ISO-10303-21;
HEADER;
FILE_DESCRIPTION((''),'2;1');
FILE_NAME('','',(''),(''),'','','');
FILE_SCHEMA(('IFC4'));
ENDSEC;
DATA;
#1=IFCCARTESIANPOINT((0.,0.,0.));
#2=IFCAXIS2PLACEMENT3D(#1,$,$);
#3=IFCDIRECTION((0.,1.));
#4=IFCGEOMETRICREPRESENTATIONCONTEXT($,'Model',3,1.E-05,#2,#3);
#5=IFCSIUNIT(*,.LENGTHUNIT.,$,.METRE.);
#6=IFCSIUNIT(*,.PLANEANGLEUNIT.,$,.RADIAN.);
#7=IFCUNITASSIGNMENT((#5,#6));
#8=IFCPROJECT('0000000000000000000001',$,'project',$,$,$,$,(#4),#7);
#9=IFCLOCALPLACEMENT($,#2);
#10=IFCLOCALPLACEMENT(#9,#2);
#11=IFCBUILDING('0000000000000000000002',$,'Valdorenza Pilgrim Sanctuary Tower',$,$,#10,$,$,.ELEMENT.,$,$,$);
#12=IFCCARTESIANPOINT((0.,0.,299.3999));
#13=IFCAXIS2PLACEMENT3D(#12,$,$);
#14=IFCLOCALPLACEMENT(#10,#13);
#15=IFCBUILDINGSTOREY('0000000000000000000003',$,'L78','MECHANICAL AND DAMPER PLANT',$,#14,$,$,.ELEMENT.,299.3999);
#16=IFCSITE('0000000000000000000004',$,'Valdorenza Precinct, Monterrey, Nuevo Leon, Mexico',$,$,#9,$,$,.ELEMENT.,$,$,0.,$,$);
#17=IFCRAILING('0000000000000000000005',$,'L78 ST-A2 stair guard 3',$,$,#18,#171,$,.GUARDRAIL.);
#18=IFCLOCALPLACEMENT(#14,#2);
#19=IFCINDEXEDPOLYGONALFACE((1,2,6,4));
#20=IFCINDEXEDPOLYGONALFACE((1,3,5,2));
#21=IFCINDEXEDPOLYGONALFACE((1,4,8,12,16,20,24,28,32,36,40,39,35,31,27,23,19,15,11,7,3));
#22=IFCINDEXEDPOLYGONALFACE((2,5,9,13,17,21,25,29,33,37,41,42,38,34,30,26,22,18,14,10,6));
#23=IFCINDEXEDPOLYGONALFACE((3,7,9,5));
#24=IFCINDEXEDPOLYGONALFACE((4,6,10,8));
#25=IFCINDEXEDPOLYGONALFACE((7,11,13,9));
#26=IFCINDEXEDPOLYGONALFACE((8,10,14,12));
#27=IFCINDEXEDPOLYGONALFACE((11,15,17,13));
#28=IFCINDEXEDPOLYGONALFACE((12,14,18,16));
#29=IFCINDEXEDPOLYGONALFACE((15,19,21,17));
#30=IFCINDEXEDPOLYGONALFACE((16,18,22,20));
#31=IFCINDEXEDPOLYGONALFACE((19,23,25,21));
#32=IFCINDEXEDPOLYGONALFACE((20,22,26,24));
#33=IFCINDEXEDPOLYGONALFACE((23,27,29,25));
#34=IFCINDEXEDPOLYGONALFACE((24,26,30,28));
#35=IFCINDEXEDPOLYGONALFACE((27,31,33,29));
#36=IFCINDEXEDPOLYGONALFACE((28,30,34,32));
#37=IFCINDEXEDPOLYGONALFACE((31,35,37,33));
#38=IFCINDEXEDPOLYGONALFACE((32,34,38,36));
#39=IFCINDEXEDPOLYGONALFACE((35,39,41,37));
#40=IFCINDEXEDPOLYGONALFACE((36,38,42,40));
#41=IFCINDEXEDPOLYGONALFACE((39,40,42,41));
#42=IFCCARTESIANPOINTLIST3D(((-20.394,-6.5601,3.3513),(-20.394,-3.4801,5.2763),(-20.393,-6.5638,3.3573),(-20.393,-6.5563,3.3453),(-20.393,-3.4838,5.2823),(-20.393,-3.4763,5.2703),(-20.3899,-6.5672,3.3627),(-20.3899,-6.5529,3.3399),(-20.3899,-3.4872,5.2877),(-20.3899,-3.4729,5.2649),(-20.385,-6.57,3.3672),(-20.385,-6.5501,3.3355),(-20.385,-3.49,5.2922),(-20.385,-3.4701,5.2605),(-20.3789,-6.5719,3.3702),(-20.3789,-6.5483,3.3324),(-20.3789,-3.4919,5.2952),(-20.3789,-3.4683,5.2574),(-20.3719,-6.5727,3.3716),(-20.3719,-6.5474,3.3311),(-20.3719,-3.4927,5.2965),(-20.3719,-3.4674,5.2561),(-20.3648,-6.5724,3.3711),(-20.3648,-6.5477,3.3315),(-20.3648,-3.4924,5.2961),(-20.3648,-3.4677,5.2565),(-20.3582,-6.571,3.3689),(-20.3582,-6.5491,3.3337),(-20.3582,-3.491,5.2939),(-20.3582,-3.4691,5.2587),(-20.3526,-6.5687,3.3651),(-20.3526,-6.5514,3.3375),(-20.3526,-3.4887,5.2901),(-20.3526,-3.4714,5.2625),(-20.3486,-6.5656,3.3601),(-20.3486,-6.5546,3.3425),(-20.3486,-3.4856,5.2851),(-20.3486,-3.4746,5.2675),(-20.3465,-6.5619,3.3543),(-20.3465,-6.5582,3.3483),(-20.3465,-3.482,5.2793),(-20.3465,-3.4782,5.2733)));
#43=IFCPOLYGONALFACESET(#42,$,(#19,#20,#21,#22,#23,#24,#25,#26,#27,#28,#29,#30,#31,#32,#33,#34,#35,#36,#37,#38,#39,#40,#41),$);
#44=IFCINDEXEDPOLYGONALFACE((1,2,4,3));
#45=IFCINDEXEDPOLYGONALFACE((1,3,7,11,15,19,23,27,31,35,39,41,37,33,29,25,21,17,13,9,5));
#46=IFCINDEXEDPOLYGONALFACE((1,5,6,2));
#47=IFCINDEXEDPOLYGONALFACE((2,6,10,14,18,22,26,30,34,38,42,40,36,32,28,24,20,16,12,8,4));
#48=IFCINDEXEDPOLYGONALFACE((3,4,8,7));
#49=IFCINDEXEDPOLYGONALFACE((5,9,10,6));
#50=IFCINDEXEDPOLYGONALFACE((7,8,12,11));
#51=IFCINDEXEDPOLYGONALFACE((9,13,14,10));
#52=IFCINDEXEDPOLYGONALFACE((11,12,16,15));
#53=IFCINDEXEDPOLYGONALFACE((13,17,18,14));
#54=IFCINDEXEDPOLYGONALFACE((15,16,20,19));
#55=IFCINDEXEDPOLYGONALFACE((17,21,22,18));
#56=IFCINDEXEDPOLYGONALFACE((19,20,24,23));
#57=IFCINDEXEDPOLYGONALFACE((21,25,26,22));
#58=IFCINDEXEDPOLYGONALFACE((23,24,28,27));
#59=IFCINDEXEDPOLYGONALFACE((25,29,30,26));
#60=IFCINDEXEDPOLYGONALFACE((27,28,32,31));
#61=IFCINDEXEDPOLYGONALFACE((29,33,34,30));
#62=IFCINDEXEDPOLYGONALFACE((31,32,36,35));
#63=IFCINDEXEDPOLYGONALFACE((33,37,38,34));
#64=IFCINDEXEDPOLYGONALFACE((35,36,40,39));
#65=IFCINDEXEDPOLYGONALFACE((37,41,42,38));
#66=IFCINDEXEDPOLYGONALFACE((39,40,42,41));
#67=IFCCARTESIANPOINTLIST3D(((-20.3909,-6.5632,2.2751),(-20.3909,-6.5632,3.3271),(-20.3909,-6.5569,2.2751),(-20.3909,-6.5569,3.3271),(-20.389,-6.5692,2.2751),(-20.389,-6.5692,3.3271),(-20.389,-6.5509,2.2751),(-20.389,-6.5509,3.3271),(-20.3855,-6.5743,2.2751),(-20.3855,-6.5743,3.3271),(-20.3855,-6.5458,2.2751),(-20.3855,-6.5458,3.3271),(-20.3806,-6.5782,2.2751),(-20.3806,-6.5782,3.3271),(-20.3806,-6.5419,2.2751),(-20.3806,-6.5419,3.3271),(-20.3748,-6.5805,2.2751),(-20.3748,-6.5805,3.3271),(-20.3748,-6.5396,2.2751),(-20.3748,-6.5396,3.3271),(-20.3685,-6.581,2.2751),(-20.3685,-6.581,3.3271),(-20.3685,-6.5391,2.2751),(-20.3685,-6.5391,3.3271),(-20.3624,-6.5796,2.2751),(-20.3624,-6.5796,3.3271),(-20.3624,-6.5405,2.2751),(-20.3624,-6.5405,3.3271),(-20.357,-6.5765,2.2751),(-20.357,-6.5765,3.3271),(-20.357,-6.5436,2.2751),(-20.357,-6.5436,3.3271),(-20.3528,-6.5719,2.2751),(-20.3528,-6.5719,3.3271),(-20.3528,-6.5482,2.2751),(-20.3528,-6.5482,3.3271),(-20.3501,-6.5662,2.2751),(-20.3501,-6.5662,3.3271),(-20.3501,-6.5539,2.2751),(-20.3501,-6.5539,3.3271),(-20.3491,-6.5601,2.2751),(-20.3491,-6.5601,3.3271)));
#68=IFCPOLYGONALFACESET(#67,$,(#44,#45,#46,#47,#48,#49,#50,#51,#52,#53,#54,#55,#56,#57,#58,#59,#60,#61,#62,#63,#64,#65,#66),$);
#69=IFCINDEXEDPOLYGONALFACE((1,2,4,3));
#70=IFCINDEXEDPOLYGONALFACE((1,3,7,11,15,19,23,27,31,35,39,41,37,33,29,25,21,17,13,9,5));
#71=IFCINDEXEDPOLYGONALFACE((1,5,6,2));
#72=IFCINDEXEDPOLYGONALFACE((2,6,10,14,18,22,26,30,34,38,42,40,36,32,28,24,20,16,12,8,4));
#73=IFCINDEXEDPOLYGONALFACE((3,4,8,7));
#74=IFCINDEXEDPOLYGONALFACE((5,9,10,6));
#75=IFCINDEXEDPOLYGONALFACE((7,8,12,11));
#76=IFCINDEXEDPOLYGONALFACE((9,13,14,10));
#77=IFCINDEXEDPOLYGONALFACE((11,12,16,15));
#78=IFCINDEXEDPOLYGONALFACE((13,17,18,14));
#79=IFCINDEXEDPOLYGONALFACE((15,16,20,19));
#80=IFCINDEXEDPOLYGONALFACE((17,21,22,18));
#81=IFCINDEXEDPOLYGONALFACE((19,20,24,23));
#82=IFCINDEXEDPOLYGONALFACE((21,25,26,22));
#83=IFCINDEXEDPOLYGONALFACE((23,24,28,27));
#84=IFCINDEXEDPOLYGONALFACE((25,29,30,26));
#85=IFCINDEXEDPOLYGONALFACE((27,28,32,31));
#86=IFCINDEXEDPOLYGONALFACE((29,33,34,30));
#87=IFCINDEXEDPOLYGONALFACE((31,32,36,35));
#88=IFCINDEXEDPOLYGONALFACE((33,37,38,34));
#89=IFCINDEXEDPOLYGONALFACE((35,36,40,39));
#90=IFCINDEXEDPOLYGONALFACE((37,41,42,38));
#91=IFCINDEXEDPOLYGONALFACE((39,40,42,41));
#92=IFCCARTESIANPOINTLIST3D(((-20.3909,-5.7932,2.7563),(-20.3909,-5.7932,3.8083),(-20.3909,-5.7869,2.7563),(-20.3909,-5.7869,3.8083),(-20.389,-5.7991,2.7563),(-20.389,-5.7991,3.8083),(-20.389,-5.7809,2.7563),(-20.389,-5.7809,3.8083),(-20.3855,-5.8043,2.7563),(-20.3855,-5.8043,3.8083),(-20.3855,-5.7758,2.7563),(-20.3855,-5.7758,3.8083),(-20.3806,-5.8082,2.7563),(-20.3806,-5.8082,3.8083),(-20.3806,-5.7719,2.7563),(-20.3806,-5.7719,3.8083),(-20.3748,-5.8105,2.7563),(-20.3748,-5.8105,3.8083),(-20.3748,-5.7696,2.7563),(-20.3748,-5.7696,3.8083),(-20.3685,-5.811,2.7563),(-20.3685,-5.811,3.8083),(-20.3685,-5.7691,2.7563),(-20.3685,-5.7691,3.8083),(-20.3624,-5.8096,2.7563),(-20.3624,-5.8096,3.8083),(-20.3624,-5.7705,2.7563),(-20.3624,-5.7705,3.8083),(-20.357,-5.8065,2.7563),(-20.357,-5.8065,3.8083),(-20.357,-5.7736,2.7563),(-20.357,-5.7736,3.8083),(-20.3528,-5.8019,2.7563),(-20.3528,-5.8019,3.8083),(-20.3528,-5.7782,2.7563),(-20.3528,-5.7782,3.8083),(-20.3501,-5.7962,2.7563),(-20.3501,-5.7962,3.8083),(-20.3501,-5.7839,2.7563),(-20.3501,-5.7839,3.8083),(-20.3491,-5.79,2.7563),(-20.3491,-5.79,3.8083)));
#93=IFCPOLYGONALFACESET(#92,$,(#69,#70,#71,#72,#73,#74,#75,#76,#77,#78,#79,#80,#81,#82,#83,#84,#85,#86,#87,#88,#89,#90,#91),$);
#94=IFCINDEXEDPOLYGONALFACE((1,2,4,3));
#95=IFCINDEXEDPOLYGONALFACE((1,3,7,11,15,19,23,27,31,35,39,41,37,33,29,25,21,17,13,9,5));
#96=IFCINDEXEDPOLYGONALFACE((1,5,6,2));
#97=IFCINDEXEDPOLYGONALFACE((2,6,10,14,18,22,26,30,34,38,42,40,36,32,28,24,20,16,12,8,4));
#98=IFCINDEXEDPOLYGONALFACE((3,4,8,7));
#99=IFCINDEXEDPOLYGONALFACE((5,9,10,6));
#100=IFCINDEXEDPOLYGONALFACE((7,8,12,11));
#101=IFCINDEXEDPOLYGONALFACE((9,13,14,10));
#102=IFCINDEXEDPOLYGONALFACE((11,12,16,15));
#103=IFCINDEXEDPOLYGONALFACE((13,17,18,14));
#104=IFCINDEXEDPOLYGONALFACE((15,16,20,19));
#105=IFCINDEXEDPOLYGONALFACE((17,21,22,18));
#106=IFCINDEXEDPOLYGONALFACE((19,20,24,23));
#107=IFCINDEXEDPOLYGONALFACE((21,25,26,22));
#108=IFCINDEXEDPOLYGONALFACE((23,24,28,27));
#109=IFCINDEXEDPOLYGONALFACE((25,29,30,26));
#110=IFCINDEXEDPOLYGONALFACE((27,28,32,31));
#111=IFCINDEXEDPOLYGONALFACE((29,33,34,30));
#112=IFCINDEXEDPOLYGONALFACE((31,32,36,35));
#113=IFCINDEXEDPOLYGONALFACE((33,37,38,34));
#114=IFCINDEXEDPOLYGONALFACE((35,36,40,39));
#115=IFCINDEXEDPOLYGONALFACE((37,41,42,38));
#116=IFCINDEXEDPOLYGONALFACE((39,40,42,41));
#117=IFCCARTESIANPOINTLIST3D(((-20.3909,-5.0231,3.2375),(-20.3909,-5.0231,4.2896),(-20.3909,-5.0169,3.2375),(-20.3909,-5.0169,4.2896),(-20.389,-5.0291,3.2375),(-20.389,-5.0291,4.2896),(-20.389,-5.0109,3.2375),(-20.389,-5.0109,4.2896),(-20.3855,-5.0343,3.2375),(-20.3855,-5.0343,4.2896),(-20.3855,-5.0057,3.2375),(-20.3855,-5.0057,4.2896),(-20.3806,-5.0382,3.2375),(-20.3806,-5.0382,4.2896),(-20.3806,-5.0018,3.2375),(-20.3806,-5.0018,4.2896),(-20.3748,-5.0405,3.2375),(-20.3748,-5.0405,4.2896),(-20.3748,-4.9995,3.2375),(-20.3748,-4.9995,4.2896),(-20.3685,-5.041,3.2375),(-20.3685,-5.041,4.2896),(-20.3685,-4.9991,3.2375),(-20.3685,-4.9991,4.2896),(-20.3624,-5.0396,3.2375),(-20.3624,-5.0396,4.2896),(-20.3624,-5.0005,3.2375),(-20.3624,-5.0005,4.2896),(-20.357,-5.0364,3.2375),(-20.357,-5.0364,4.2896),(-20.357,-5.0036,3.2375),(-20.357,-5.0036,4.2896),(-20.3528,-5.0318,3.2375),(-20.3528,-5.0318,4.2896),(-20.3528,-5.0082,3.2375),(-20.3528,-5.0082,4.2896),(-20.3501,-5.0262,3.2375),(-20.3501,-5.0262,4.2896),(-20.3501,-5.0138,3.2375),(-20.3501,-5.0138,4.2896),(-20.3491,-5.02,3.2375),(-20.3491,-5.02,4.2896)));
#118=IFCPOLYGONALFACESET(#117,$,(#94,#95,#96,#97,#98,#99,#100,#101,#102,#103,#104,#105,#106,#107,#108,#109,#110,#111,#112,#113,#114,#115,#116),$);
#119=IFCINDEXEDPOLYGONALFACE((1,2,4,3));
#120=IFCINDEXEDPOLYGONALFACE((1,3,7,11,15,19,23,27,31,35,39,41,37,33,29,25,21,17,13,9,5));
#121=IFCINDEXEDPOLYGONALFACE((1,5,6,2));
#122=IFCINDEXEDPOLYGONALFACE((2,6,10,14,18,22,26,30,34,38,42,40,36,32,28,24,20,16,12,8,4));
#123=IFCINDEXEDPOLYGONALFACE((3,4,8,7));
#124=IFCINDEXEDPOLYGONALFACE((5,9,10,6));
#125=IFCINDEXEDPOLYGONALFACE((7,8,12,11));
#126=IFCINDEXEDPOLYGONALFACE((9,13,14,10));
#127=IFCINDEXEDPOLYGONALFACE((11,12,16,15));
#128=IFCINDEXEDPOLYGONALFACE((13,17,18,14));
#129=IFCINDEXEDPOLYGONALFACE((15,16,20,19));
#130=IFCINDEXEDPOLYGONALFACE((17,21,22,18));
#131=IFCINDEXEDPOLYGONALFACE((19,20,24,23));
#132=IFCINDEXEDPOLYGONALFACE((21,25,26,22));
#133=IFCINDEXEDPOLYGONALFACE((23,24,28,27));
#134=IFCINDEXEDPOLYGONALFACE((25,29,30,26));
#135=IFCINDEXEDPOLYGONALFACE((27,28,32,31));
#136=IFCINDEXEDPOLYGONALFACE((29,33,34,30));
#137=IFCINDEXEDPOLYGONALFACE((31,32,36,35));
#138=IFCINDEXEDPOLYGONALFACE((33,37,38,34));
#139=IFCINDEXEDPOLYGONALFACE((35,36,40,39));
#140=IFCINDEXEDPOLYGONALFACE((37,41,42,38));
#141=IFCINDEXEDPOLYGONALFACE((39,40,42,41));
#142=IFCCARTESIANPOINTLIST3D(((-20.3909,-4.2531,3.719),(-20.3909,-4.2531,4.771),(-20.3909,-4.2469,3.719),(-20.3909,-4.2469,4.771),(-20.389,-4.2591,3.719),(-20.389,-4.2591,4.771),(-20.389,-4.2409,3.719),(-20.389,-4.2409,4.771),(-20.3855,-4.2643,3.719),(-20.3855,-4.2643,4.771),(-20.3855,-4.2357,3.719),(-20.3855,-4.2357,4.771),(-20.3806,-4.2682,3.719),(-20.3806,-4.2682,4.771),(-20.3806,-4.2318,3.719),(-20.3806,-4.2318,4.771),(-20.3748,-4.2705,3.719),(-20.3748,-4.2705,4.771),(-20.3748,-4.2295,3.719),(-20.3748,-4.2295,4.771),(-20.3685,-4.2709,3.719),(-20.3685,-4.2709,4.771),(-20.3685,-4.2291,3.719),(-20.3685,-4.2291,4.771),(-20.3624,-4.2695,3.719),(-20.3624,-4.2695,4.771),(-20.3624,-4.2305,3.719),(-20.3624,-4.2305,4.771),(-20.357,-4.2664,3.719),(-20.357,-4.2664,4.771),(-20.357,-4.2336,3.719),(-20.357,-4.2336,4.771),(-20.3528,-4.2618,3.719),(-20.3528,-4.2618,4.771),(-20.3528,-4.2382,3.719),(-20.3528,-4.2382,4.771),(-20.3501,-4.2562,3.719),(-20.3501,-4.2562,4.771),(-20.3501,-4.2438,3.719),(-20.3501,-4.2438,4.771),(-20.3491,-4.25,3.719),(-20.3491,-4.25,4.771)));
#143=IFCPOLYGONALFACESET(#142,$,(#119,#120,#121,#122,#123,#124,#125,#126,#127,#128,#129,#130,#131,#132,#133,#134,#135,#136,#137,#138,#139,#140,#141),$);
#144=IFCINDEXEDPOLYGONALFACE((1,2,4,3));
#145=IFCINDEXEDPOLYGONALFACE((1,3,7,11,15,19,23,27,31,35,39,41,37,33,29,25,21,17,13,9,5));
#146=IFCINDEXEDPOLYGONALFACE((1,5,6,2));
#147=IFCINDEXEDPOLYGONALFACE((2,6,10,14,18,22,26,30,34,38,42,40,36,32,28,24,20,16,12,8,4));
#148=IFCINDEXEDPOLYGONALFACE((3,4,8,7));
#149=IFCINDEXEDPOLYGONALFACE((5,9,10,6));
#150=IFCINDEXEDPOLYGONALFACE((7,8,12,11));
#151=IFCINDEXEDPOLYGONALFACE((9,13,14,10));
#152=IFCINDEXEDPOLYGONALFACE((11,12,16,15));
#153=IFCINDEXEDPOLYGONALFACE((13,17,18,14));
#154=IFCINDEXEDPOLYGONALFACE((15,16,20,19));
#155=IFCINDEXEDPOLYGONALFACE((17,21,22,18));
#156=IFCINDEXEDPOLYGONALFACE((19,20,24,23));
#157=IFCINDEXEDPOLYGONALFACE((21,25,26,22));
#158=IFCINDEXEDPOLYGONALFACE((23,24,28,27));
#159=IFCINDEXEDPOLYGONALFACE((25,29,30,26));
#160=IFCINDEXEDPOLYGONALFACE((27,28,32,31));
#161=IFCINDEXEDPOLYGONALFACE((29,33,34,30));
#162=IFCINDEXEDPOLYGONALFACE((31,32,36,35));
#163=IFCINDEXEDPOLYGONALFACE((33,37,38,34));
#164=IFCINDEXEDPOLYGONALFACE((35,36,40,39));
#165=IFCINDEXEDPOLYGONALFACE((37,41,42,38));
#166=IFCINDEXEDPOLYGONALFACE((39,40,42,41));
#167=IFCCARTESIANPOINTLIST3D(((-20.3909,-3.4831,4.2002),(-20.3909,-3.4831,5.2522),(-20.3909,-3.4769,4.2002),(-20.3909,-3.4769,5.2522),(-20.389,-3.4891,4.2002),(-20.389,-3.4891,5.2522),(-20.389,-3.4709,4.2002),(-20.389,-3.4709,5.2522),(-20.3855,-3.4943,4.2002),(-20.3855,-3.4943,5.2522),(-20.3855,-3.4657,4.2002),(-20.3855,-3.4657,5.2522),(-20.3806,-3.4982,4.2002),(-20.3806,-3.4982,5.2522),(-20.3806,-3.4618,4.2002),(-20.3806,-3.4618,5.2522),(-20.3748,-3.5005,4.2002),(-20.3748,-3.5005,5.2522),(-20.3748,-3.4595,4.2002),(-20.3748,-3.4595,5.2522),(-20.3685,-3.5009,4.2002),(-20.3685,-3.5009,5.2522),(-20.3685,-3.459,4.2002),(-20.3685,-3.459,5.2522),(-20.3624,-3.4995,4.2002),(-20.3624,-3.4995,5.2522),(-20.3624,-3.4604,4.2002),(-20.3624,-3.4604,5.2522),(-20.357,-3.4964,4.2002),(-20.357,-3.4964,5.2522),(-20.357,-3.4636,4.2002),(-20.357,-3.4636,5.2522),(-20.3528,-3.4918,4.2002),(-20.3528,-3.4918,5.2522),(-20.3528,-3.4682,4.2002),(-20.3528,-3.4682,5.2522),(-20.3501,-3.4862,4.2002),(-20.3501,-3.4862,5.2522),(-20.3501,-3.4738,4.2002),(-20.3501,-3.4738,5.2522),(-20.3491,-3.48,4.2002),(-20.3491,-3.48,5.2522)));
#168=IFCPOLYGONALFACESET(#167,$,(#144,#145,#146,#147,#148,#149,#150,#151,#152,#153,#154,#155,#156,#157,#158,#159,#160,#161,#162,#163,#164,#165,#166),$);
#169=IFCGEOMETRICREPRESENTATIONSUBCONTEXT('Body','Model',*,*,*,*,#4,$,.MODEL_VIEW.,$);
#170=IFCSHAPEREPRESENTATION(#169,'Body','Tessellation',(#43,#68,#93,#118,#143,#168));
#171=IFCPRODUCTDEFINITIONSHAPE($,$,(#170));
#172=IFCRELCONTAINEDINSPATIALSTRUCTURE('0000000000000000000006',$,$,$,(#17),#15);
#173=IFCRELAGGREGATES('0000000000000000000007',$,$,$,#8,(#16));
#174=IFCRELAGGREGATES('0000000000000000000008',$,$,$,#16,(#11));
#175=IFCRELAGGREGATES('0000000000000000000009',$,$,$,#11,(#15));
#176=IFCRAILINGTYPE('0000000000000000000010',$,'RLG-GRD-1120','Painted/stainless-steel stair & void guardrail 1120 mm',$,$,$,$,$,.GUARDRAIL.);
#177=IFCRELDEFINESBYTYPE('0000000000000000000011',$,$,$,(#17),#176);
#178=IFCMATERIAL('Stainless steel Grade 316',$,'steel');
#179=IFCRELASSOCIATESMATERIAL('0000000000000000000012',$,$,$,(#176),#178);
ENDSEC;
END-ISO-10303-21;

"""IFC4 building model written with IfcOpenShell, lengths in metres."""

from ifc_helpers import new_model, si_unit, direction, frame, origin, origin_2d, place, context, subcontext, project, spatial, circle, extrude, material, type_object, element, save


model = new_model("IFC4")

# Units and contexts
model_context = context("Model", 3, precision=1e-05, world=origin(), true_north=direction((0.0, 1.0)))
body_context = subcontext(model_context, "Body", "Model", "MODEL_VIEW")
ifc_project = project(units=[si_unit("LENGTHUNIT", "METRE"), si_unit("PLANEANGLEUNIT", "RADIAN")], contexts=[model_context])

# Site, building, storey
site_placement = place(None, origin())
site = spatial("IfcSite", under=ifc_project, at=site_placement, Name="Valdorenza Precinct, Monterrey, Nuevo Leon, Mexico", CompositionType="ELEMENT", RefElevation=0.0)
building_placement = place(site_placement, origin())
building = spatial("IfcBuilding", under=site, at=building_placement, Name="Valdorenza Pilgrim Sanctuary Tower", CompositionType="ELEMENT")
storey_placement = place(building_placement, frame((0.0, 0.0, 299.3999)))
storey = spatial("IfcBuildingStorey", under=building, at=storey_placement, Name="L78", Description="MECHANICAL AND DAMPER PLANT", CompositionType="ELEMENT", Elevation=299.3999)

# Railing
ifc_material_1 = material(Name="Stainless steel Grade 316", Category="steel")
railing_type_1 = type_object("IfcRailingType", Name="RLG-GRD-1120", Description="Painted/stainless-steel stair & void guardrail 1120 mm", PredefinedType="GUARDRAIL", material=ifc_material_1)
railing_1_placement = place(storey_placement, frame((-20.3701, -6.5601, 2.2751)))
element("IfcRailing", 1, at=railing_1_placement, inside=storey, type_object=railing_type_1, Name="L78 ST-A2 stair guard 3", PredefinedType="GUARDRAIL", context=body_context, shape_type="SweptSolid", body=[
    extrude(circle(Radius=0.0239, at=origin_2d()), frame((0.0, 0.0, 1.0762), z_axis=(0.0, 0.847998, 0.529999), x_axis=(-1.0, 0.0, 0.0)), (0.0, 0.0, 1.0), 3.6321),
    extrude(circle(Radius=0.021, at=origin_2d()), origin(), (0.0, 0.0, 1.0), 1.052),
    extrude(circle(Radius=0.021, at=origin_2d()), frame((0.0, 0.77, 0.4812)), (0.0, 0.0, 1.0), 1.052),
    extrude(circle(Radius=0.021, at=origin_2d()), frame((0.0, 1.54, 0.9624)), (0.0, 0.0, 1.0), 1.052),
    extrude(circle(Radius=0.021, at=origin_2d()), frame((0.0, 2.3101, 1.4438)), (0.0, 0.0, 1.0), 1.052),
    extrude(circle(Radius=0.021, at=origin_2d()), frame((0.0, 3.0801, 1.925)), (0.0, 0.0, 1.0), 1.052),
])

save(model, "model.ifc")
